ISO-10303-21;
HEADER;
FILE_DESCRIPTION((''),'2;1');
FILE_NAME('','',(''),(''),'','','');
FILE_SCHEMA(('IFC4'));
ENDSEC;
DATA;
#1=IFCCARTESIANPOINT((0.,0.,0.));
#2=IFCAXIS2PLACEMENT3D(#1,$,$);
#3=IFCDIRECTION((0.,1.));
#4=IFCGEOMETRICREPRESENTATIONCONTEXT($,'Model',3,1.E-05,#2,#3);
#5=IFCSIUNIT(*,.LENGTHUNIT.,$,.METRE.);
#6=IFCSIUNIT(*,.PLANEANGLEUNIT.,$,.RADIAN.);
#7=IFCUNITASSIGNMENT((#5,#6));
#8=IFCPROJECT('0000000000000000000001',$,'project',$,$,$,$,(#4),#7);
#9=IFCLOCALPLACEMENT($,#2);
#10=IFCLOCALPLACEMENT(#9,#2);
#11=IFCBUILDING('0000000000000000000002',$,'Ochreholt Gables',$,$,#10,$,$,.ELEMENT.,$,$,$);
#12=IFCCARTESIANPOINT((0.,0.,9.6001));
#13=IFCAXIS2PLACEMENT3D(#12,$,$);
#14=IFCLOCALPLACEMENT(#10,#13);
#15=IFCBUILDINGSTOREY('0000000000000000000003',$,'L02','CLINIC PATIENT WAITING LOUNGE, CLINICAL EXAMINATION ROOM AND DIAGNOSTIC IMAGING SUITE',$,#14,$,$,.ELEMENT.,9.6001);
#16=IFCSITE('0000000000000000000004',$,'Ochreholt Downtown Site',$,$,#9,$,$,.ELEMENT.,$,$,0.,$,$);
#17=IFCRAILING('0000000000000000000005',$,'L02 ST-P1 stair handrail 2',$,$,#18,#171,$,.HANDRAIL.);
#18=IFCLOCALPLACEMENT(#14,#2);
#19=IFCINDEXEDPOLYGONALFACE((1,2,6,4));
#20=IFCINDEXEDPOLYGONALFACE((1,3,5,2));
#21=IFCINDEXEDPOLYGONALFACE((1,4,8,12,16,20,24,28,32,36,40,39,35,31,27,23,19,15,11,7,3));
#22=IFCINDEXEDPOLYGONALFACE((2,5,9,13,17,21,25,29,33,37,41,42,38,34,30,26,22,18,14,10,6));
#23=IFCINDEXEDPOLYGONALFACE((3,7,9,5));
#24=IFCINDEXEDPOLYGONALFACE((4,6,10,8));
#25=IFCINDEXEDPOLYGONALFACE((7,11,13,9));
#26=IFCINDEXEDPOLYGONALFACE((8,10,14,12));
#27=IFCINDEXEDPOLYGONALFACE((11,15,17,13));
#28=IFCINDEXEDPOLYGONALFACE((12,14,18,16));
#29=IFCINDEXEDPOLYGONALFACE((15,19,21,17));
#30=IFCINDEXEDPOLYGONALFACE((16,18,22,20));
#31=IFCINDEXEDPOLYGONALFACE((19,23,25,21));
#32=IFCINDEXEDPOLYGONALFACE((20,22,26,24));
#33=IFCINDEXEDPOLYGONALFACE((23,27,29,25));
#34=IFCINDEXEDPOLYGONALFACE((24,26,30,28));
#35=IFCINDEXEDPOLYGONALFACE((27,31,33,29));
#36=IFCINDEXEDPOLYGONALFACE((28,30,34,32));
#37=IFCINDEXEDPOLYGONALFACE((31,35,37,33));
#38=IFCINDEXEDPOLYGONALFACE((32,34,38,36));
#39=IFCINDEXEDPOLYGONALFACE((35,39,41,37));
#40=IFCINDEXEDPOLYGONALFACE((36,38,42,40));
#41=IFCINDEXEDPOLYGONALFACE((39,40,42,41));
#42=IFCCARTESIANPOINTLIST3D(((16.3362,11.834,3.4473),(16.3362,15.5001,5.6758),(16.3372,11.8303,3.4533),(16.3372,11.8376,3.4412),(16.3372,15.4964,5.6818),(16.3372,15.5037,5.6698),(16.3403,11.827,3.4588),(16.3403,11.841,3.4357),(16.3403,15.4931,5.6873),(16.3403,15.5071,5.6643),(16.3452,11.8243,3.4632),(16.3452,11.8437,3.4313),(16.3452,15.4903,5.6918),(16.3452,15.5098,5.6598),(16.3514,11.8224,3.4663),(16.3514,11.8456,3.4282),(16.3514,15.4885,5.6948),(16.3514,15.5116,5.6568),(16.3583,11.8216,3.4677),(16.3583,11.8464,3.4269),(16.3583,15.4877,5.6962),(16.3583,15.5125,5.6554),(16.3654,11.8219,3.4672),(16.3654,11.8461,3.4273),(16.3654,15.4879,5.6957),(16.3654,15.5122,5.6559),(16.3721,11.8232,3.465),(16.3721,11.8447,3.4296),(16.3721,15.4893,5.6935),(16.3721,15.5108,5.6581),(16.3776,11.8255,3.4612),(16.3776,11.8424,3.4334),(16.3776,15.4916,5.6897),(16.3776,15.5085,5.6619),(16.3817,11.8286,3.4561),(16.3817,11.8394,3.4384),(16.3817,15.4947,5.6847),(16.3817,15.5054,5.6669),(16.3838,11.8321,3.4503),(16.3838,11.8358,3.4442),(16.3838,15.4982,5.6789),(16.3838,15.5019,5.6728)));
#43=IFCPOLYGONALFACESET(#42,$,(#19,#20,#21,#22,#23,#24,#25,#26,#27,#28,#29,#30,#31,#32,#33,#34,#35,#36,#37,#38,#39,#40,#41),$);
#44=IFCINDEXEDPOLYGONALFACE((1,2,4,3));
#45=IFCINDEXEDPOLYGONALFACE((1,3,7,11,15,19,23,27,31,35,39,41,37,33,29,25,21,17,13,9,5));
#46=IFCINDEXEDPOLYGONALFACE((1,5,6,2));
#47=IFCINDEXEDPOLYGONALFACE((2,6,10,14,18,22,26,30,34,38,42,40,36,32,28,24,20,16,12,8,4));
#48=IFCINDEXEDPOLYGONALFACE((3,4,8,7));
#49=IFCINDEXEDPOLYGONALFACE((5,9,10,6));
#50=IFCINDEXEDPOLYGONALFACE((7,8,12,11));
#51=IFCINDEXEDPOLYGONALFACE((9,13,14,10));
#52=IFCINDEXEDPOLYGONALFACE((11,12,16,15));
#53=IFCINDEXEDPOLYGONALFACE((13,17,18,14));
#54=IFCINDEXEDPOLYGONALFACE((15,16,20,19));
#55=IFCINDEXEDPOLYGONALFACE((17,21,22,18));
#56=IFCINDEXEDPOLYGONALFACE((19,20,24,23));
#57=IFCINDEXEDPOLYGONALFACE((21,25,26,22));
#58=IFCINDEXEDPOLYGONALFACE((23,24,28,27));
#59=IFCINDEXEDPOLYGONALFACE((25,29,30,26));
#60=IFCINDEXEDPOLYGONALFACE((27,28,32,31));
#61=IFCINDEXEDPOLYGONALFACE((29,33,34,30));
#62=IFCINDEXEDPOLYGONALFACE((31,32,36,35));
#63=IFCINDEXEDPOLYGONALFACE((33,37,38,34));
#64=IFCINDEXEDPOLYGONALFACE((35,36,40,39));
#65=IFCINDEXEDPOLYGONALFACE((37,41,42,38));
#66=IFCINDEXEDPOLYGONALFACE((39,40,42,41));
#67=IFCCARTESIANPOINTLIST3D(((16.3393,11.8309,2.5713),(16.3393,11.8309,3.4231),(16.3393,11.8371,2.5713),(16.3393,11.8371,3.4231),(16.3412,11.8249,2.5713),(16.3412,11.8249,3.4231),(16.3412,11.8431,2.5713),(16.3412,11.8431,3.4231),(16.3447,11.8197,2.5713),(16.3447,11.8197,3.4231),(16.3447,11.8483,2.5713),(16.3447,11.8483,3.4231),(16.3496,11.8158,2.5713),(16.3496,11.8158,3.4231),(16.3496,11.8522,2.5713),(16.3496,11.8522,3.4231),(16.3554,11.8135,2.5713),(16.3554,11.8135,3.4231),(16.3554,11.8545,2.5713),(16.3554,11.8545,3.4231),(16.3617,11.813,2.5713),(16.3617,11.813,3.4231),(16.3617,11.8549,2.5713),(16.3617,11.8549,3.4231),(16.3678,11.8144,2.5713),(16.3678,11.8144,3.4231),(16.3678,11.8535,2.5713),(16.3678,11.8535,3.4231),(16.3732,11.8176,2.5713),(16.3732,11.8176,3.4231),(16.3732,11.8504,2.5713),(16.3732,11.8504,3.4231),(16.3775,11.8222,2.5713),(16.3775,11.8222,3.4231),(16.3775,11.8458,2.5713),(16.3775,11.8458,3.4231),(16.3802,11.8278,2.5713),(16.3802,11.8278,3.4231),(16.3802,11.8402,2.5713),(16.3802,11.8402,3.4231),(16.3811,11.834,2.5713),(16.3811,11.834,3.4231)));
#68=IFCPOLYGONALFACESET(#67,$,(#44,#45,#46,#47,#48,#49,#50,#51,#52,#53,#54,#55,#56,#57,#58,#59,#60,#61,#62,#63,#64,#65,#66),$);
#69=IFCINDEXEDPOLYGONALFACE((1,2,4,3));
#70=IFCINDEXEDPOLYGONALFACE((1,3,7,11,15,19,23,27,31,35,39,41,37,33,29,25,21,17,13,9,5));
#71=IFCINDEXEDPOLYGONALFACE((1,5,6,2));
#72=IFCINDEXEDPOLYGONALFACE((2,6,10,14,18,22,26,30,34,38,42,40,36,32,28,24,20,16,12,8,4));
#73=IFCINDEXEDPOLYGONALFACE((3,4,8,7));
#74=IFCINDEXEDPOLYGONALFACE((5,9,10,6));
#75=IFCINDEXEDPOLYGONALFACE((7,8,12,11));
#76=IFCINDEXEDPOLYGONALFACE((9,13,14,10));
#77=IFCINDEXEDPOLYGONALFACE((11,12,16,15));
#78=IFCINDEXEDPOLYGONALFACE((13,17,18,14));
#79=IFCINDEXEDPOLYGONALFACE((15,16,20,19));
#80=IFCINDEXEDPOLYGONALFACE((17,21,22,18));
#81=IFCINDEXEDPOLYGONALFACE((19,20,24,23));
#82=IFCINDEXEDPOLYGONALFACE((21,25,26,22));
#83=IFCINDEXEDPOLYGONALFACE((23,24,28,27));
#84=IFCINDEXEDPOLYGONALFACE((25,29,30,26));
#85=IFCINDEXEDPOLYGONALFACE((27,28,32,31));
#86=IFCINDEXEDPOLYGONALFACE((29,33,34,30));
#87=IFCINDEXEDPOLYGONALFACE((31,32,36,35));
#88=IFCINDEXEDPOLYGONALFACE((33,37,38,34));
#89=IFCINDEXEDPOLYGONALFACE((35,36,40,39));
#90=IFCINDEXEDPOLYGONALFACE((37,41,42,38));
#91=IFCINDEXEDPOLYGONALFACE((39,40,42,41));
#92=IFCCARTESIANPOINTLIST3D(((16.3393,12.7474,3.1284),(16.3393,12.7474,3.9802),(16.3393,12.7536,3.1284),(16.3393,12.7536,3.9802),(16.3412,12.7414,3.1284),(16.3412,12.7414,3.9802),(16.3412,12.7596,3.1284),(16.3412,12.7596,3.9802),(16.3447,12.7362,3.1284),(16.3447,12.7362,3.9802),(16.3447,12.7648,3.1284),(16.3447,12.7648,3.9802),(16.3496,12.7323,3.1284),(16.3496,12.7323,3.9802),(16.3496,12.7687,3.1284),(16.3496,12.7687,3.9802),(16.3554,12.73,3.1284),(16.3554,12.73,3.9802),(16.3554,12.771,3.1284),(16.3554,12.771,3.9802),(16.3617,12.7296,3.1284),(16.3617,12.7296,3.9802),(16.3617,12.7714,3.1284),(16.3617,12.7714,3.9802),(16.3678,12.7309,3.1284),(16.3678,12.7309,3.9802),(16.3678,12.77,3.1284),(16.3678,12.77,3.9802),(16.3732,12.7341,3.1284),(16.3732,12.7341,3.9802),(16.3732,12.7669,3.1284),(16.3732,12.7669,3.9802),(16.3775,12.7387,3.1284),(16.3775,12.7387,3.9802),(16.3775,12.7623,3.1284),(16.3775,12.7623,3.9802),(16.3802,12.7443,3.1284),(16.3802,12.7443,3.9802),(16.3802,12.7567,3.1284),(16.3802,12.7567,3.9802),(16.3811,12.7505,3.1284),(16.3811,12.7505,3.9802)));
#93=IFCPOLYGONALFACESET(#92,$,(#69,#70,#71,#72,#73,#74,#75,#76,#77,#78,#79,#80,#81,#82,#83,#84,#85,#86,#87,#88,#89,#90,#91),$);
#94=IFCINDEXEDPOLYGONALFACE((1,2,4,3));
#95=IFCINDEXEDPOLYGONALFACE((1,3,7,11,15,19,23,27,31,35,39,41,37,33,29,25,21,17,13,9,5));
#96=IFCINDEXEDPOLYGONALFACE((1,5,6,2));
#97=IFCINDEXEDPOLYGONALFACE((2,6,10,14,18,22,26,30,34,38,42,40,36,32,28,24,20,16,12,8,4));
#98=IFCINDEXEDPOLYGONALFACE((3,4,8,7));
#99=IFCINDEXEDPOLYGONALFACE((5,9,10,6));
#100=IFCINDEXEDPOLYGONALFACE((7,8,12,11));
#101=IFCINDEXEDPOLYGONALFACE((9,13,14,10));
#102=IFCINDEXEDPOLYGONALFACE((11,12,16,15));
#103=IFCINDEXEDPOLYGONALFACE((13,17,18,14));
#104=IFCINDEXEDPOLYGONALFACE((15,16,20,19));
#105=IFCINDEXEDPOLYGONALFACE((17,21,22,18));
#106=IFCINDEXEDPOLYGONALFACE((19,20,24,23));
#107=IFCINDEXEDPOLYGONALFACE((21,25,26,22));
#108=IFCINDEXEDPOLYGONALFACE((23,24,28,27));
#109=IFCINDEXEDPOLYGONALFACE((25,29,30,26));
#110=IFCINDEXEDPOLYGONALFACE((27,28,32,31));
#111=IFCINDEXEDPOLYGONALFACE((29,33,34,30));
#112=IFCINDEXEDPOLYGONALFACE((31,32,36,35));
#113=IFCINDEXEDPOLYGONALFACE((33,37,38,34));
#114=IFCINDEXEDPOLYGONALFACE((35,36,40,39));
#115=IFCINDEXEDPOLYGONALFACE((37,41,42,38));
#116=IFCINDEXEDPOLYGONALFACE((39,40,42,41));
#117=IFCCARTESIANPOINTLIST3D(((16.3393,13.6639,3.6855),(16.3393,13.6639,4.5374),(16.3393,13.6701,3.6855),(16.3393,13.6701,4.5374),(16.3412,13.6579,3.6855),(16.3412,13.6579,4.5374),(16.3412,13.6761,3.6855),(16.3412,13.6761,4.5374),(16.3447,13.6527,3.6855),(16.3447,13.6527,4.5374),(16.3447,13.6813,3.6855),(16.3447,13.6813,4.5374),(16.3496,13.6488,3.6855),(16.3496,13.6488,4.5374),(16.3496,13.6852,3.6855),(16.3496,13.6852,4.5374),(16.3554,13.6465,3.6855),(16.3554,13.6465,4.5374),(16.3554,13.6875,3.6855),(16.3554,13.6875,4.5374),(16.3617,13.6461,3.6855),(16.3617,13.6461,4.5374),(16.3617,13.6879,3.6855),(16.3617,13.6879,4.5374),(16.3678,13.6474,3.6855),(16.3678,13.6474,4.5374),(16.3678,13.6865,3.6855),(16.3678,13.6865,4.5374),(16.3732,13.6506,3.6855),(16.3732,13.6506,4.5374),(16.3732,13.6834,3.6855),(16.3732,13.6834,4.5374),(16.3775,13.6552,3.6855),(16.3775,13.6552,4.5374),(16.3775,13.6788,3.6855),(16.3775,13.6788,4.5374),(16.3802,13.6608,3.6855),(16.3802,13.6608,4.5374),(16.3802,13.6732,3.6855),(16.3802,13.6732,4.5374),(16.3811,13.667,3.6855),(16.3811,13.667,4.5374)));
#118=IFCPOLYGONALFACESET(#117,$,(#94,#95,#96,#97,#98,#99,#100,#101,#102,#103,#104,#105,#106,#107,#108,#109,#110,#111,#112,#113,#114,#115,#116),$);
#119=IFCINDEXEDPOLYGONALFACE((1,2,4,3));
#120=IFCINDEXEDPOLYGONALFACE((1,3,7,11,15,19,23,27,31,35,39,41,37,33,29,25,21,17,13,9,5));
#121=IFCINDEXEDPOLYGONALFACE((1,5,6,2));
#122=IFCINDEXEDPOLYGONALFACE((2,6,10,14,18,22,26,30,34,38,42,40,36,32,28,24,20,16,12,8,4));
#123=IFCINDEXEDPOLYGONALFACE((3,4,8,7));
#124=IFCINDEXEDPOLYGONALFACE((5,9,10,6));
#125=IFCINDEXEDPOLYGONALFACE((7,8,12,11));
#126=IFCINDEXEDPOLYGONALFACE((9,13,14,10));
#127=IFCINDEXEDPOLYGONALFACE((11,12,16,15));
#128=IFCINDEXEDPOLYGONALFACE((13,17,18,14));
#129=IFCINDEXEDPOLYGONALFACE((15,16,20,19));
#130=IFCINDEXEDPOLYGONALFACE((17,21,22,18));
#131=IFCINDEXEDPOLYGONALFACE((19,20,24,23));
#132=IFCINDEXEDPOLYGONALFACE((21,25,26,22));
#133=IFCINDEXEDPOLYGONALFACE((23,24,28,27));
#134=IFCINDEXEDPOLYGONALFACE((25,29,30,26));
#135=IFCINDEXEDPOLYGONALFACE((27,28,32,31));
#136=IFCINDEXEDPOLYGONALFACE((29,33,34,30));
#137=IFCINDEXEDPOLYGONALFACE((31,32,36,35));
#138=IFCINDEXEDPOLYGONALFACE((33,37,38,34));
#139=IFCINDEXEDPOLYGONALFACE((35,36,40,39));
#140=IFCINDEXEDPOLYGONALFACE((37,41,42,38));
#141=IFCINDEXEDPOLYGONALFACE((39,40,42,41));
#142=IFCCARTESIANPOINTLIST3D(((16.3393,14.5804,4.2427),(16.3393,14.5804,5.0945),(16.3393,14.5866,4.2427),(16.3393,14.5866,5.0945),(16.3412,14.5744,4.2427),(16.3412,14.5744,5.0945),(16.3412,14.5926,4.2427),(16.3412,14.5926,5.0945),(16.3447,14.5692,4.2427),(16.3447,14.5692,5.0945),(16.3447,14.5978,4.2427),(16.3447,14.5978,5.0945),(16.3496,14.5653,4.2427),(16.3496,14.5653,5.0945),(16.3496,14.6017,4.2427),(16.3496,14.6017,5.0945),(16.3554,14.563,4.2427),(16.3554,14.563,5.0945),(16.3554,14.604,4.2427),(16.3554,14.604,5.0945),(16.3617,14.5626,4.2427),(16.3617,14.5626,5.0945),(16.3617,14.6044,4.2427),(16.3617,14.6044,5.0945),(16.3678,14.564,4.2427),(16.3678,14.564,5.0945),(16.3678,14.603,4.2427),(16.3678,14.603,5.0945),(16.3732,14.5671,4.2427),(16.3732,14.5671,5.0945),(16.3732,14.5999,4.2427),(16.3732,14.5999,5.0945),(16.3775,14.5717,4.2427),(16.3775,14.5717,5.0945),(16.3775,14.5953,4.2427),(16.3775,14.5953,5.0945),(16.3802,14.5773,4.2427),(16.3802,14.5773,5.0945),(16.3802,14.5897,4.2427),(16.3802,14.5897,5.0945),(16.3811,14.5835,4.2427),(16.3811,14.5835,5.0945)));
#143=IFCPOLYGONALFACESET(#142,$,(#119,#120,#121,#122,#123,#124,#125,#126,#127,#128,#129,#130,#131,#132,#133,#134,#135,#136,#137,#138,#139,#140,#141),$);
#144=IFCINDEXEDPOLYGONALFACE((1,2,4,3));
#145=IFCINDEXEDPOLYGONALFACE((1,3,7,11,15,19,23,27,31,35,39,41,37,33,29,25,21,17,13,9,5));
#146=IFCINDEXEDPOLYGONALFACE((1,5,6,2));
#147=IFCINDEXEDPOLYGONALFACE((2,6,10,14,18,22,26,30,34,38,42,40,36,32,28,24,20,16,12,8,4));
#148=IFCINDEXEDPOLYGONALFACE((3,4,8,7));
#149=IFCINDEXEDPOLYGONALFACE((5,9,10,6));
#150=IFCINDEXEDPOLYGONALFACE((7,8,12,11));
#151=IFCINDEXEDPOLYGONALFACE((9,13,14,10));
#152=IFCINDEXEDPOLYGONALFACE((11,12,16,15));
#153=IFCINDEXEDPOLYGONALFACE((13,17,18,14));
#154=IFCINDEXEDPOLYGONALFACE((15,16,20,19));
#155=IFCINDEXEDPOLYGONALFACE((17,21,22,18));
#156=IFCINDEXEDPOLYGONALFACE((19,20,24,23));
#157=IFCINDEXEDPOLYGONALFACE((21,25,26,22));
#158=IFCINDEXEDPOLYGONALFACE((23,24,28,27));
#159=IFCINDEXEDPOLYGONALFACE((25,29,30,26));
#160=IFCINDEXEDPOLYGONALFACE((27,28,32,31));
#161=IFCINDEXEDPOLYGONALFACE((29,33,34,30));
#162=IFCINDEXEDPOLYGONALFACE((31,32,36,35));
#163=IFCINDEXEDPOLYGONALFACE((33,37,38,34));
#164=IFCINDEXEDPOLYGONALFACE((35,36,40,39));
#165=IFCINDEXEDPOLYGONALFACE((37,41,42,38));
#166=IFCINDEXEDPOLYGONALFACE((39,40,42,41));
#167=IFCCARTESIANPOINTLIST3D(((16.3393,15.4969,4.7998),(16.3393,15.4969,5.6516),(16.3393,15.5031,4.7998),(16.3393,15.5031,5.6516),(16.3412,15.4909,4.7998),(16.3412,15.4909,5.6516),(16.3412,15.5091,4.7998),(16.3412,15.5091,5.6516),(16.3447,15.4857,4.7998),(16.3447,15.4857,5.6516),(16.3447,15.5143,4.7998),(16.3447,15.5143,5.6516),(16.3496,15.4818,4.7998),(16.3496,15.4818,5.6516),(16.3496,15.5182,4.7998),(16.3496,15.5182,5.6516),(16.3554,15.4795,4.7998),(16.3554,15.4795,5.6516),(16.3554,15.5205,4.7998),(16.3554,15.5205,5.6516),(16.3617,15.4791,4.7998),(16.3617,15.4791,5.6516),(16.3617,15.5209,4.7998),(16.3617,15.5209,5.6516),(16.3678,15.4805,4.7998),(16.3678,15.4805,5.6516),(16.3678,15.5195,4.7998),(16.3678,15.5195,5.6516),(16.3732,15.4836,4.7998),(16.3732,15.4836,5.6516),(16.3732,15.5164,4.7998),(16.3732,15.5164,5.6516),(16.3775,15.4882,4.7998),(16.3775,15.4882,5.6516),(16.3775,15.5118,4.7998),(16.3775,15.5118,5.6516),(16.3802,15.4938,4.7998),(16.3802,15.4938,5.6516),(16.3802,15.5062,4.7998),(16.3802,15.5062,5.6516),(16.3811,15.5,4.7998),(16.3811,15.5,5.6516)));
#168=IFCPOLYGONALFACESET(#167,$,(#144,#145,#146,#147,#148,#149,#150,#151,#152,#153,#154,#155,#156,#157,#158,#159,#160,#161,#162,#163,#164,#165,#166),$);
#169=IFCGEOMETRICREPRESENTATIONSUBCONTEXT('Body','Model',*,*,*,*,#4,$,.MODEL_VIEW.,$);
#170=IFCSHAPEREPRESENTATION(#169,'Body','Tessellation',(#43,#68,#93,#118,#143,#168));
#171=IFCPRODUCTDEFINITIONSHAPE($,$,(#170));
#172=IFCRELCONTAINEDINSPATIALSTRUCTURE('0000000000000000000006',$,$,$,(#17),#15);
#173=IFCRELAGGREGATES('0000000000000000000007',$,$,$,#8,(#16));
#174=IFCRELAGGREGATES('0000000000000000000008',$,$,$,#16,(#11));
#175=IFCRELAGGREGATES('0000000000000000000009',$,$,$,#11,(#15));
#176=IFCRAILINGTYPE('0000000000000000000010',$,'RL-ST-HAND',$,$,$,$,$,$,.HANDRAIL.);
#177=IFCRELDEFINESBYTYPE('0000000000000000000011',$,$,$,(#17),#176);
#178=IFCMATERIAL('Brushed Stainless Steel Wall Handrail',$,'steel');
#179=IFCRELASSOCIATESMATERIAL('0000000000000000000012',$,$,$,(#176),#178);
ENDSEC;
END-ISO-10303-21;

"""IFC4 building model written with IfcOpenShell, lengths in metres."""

from ifc_helpers import new_model, si_unit, direction, frame, origin, origin_2d, place, context, subcontext, project, spatial, circle, extrude, material, type_object, element, save


model = new_model("IFC4")

# Units and contexts
model_context = context("Model", 3, precision=1e-05, world=origin(), true_north=direction((0.0, 1.0)))
body_context = subcontext(model_context, "Body", "Model", "MODEL_VIEW")
ifc_project = project(units=[si_unit("LENGTHUNIT", "METRE"), si_unit("PLANEANGLEUNIT", "RADIAN")], contexts=[model_context])

# Site, building, storey
site_placement = place(None, origin())
site = spatial("IfcSite", under=ifc_project, at=site_placement, Name="Ochreholt Downtown Site", CompositionType="ELEMENT", RefElevation=0.0)
building_placement = place(site_placement, origin())
building = spatial("IfcBuilding", under=site, at=building_placement, Name="Ochreholt Gables", CompositionType="ELEMENT")
storey_placement = place(building_placement, frame((0.0, 0.0, 9.6001)))
storey = spatial("IfcBuildingStorey", under=building, at=storey_placement, Name="L02", Description="CLINIC PATIENT WAITING LOUNGE, CLINICAL EXAMINATION ROOM AND DIAGNOSTIC IMAGING SUITE", CompositionType="ELEMENT", Elevation=9.6001)

# Railing
ifc_material_1 = material(Name="Brushed Stainless Steel Wall Handrail", Category="steel")
railing_type_1 = type_object("IfcRailingType", Name="RL-ST-HAND", PredefinedType="HANDRAIL", material=ifc_material_1)
railing_1_placement = place(storey_placement, frame((16.3601, 11.834, 2.5713)))
element("IfcRailing", 1, at=railing_1_placement, inside=storey, type_object=railing_type_1, Name="L02 ST-P1 stair handrail 2", PredefinedType="HANDRAIL", context=body_context, shape_type="SweptSolid", body=[
    extrude(circle(Radius=0.0239, at=origin_2d()), frame((0.0, 0.0, 0.876), z_axis=(0.0, 0.854506, 0.519441), x_axis=(-1.0, 0.0, 0.0)), (0.0, 0.0, 1.0), 4.2903),
    extrude(circle(Radius=0.021, at=origin_2d()), origin(), (0.0, 0.0, 1.0), 0.8518),
    extrude(circle(Radius=0.021, at=origin_2d()), frame((0.0, 0.9165, 0.5571)), (0.0, 0.0, 1.0), 0.8518),
    extrude(circle(Radius=0.021, at=origin_2d()), frame((0.0, 1.833, 1.1143)), (0.0, 0.0, 1.0), 0.8518),
    extrude(circle(Radius=0.021, at=origin_2d()), frame((0.0, 2.7495, 1.6714)), (0.0, 0.0, 1.0), 0.8518),
    extrude(circle(Radius=0.021, at=origin_2d()), frame((0.0, 3.666, 2.2285)), (0.0, 0.0, 1.0), 0.8518),
])

save(model, "model.ifc")
